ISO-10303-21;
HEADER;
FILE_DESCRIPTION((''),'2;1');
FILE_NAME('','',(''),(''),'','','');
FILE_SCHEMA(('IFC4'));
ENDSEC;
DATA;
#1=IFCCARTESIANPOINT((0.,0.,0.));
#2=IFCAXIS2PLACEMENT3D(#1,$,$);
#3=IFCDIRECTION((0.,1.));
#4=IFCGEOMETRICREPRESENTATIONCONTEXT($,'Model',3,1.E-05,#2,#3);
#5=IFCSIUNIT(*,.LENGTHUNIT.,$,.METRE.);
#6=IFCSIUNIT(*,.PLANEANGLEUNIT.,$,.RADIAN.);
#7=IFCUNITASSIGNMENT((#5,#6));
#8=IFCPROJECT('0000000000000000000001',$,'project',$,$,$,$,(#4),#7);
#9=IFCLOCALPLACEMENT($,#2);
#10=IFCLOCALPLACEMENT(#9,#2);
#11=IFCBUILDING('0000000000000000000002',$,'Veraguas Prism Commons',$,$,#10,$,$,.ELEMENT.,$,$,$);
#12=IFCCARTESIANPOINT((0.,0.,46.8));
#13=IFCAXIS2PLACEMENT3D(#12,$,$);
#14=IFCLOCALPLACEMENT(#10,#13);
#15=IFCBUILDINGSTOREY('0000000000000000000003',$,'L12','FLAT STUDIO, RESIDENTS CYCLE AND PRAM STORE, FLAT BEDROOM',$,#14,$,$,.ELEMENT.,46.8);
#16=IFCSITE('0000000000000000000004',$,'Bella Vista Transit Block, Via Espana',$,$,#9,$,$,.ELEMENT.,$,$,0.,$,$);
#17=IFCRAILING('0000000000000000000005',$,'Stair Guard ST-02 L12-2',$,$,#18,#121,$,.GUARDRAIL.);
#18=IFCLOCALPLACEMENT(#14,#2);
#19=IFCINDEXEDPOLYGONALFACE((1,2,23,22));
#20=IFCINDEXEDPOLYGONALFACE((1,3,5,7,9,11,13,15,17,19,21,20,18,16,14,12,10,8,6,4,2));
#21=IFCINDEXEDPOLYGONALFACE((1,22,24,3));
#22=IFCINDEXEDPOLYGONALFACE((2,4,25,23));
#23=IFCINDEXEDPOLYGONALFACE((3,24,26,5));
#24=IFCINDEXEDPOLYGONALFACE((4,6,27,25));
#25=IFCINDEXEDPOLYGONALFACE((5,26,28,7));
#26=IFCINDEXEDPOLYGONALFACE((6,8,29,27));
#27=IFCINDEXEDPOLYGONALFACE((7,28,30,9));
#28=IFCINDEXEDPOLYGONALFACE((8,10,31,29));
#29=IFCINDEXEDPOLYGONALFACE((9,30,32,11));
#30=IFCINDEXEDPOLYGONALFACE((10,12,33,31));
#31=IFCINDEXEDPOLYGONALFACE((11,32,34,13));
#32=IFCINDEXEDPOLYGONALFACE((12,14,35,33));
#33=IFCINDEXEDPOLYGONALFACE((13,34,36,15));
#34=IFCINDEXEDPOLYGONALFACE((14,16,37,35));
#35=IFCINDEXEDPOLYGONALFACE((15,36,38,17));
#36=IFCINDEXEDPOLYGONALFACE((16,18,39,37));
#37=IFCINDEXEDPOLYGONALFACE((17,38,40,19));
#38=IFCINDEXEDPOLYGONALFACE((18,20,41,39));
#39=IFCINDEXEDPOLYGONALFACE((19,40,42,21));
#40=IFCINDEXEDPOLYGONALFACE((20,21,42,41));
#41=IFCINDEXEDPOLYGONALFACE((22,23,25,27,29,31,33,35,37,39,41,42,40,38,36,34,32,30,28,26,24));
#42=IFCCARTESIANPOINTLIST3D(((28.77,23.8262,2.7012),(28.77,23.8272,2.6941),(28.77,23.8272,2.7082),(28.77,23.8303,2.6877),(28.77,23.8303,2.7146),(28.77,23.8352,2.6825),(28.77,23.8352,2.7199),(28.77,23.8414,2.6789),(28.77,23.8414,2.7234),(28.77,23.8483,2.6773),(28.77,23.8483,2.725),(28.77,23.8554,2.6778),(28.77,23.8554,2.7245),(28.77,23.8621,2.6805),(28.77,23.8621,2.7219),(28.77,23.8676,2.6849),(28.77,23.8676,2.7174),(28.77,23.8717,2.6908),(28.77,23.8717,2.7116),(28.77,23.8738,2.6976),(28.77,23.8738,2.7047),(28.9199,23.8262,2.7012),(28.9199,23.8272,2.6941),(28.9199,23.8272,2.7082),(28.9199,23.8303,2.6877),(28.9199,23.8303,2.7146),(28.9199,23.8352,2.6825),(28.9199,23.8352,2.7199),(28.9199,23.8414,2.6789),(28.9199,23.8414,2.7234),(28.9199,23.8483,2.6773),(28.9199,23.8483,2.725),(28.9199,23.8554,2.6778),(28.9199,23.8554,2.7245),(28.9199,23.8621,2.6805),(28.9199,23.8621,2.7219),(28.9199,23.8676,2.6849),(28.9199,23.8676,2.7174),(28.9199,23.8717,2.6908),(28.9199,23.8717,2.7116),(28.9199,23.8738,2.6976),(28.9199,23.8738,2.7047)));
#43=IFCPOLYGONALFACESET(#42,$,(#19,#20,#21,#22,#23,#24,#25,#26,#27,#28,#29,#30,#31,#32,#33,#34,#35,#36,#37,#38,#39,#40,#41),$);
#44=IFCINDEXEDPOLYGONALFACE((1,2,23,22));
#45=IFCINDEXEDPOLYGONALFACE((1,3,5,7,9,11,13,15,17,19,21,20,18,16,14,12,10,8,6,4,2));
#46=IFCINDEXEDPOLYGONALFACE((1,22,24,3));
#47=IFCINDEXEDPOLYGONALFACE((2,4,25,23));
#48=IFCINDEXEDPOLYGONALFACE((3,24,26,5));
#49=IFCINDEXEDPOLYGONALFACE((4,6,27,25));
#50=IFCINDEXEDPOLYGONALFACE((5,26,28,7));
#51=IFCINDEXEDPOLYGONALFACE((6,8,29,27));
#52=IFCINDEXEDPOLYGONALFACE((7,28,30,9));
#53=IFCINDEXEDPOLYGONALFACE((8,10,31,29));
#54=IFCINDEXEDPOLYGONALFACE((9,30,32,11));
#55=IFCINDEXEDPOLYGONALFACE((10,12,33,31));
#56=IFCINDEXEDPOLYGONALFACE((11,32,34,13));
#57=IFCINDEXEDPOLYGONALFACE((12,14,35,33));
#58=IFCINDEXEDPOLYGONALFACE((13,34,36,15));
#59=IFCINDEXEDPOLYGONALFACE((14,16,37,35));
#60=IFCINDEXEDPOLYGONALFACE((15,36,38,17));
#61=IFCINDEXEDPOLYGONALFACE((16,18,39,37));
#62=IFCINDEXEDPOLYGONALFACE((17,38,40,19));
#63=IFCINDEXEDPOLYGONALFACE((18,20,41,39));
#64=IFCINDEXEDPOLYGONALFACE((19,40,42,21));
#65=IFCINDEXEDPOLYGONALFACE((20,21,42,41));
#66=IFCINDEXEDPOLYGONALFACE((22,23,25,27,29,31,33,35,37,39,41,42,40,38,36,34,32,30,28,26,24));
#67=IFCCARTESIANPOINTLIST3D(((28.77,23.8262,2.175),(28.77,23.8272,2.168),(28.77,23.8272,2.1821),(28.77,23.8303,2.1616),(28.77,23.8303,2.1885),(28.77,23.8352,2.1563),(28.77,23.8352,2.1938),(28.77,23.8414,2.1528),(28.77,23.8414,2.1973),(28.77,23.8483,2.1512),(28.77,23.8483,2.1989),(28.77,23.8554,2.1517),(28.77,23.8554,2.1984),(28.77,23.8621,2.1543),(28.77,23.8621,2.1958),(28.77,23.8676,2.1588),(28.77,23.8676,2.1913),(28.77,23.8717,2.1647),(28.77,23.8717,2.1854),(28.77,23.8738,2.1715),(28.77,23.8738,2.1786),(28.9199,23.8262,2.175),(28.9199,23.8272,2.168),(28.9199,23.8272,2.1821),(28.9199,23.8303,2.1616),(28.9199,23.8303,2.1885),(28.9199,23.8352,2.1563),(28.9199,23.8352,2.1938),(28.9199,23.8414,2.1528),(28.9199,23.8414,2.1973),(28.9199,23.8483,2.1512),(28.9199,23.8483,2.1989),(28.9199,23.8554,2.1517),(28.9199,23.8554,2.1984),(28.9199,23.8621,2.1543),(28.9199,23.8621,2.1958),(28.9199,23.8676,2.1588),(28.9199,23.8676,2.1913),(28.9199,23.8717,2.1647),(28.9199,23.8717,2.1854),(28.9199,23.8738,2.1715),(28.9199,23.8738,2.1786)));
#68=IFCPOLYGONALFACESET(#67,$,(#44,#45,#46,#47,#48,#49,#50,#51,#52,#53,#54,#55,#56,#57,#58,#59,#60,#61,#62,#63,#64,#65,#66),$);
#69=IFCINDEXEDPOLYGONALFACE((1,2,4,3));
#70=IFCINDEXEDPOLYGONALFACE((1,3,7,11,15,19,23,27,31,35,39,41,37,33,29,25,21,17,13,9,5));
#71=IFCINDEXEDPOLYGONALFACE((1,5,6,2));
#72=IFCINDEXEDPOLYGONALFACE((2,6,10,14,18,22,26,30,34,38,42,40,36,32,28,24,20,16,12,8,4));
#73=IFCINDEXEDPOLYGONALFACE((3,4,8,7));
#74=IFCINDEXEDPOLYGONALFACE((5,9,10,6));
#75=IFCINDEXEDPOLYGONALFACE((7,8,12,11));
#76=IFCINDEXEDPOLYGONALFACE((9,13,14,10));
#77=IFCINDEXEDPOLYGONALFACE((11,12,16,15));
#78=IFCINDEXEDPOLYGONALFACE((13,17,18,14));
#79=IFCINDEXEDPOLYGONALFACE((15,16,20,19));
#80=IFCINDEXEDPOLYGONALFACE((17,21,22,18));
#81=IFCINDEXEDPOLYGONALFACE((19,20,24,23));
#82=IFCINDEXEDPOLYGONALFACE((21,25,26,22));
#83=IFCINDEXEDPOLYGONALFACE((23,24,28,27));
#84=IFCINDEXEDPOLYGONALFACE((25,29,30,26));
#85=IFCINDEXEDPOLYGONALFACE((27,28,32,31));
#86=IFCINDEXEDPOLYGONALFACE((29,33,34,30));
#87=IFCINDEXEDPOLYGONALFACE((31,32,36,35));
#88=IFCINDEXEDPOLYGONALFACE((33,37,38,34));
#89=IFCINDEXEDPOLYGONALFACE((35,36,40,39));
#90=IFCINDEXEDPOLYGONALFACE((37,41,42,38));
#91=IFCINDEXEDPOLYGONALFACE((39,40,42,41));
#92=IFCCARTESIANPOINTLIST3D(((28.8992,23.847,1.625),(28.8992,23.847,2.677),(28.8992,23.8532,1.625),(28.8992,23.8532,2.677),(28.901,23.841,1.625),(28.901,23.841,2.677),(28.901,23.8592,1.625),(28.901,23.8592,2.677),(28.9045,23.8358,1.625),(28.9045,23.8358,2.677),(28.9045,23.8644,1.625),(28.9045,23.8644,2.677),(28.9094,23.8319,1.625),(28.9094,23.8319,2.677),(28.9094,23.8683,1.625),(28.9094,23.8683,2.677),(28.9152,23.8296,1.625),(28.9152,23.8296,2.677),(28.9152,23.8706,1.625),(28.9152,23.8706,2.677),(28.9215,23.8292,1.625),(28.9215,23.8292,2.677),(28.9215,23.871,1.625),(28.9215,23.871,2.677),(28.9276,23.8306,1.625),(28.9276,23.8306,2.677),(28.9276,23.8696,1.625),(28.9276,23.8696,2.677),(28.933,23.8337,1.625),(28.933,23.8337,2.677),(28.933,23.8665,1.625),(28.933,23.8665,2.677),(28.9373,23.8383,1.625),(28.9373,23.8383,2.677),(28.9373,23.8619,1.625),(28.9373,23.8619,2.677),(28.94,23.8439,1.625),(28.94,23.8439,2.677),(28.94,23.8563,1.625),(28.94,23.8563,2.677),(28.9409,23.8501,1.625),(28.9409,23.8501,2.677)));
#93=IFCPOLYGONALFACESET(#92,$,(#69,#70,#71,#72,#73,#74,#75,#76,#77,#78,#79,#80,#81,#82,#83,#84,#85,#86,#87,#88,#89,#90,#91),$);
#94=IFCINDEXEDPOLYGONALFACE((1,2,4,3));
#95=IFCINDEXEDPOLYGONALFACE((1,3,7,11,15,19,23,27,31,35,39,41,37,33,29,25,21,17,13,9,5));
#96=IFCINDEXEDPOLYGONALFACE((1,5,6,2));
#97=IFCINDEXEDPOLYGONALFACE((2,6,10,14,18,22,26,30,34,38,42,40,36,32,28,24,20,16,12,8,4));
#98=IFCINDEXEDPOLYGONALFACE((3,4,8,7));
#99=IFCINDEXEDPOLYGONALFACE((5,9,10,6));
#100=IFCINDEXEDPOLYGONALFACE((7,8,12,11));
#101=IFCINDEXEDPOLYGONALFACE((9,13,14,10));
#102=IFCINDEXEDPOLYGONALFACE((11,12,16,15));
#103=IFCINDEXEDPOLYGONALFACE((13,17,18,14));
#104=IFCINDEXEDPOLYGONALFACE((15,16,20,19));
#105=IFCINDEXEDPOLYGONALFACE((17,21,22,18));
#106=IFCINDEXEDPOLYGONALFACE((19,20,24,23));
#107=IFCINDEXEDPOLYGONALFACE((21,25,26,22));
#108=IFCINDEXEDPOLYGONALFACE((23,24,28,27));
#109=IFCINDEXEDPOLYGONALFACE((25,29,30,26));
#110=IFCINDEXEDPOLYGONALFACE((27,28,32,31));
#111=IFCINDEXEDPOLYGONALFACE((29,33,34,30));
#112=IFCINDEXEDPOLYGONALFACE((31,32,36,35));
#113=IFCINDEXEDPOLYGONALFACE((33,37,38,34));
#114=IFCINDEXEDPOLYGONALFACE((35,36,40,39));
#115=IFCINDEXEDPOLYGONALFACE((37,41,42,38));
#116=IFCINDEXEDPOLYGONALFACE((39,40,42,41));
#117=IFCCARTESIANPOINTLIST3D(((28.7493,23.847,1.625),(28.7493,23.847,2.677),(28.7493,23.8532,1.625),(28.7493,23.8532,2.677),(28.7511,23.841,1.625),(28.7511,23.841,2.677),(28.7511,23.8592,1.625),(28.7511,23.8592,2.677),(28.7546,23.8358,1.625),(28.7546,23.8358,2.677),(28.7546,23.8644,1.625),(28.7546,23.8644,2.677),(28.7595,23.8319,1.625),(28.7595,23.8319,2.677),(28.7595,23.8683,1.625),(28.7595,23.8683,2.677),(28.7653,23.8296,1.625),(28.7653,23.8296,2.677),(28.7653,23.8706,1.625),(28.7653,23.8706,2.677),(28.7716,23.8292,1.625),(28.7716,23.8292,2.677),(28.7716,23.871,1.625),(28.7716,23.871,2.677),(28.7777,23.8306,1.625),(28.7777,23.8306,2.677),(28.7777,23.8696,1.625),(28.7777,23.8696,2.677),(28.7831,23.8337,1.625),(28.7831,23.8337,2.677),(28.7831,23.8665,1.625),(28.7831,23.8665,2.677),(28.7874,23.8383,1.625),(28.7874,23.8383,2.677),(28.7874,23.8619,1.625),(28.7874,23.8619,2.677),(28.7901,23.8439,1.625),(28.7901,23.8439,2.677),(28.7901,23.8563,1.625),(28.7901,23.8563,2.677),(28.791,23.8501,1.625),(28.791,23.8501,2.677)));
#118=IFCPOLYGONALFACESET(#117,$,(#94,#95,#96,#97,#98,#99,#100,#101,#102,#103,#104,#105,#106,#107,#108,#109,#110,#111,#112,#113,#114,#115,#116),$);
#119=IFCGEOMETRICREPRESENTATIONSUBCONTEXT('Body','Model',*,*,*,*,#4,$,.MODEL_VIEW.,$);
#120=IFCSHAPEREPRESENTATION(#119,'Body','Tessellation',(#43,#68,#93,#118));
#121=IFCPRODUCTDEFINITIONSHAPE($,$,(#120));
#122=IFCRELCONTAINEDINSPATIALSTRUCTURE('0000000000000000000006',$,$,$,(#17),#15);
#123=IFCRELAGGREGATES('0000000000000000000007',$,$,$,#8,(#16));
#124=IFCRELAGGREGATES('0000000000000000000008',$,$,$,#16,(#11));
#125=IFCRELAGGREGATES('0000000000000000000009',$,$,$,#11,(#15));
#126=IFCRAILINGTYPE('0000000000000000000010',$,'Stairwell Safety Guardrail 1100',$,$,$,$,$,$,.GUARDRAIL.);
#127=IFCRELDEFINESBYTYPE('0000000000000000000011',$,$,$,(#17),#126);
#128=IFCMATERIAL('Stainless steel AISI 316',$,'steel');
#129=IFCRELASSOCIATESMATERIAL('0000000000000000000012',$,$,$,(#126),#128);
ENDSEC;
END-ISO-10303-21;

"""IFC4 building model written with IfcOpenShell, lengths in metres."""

from ifc_helpers import new_model, si_unit, direction, frame, origin, origin_2d, place, context, subcontext, project, spatial, circle, extrude, material, type_object, element, save


model = new_model("IFC4")

# Units and contexts
model_context = context("Model", 3, precision=1e-05, world=origin(), true_north=direction((0.0, 1.0)))
body_context = subcontext(model_context, "Body", "Model", "MODEL_VIEW")
ifc_project = project(units=[si_unit("LENGTHUNIT", "METRE"), si_unit("PLANEANGLEUNIT", "RADIAN")], contexts=[model_context])

# Site, building, storey
site_placement = place(None, origin())
site = spatial("IfcSite", under=ifc_project, at=site_placement, Name="Bella Vista Transit Block, Via Espana", CompositionType="ELEMENT", RefElevation=0.0)
building_placement = place(site_placement, origin())
building = spatial("IfcBuilding", under=site, at=building_placement, Name="Veraguas Prism Commons", CompositionType="ELEMENT")
storey_placement = place(building_placement, frame((0.0, 0.0, 46.8)))
storey = spatial("IfcBuildingStorey", under=building, at=storey_placement, Name="L12", Description="FLAT STUDIO, RESIDENTS CYCLE AND PRAM STORE, FLAT BEDROOM", CompositionType="ELEMENT", Elevation=46.8)

# Shared definitions
ifc_material_1 = material(Name="Stainless steel AISI 316", Category="steel")

# Railing
railing_type_1 = type_object("IfcRailingType", Name="Stairwell Safety Guardrail 1100", PredefinedType="GUARDRAIL", material=ifc_material_1)
railing_1_placement = place(storey_placement, frame((28.9199, 23.8501, 1.625)))
element("IfcRailing", 1, at=railing_1_placement, inside=storey, type_object=railing_type_1, Name="Stair Guard ST-02 L12-2", PredefinedType="GUARDRAIL", context=body_context, shape_type="SweptSolid", body=[
    extrude(circle(Radius=0.0239, at=origin_2d()), frame((0.0, 0.0, 1.0762), z_axis=(-1.0, 0.0, 0.0), x_axis=(0.0, -1.0, 0.0)), (0.0, 0.0, 1.0), 0.1499),
    extrude(circle(Radius=0.0239, at=origin_2d()), frame((0.0, 0.0, 0.55), z_axis=(-1.0, 0.0, 0.0), x_axis=(0.0, -1.0, 0.0)), (0.0, 0.0, 1.0), 0.1499),
    extrude(circle(Radius=0.021, at=origin_2d()), origin(), (0.0, 0.0, 1.0), 1.052),
    extrude(circle(Radius=0.021, at=origin_2d()), frame((-0.1499, 0.0, 0.0)), (0.0, 0.0, 1.0), 1.052),
])

save(model, "model.ifc")
